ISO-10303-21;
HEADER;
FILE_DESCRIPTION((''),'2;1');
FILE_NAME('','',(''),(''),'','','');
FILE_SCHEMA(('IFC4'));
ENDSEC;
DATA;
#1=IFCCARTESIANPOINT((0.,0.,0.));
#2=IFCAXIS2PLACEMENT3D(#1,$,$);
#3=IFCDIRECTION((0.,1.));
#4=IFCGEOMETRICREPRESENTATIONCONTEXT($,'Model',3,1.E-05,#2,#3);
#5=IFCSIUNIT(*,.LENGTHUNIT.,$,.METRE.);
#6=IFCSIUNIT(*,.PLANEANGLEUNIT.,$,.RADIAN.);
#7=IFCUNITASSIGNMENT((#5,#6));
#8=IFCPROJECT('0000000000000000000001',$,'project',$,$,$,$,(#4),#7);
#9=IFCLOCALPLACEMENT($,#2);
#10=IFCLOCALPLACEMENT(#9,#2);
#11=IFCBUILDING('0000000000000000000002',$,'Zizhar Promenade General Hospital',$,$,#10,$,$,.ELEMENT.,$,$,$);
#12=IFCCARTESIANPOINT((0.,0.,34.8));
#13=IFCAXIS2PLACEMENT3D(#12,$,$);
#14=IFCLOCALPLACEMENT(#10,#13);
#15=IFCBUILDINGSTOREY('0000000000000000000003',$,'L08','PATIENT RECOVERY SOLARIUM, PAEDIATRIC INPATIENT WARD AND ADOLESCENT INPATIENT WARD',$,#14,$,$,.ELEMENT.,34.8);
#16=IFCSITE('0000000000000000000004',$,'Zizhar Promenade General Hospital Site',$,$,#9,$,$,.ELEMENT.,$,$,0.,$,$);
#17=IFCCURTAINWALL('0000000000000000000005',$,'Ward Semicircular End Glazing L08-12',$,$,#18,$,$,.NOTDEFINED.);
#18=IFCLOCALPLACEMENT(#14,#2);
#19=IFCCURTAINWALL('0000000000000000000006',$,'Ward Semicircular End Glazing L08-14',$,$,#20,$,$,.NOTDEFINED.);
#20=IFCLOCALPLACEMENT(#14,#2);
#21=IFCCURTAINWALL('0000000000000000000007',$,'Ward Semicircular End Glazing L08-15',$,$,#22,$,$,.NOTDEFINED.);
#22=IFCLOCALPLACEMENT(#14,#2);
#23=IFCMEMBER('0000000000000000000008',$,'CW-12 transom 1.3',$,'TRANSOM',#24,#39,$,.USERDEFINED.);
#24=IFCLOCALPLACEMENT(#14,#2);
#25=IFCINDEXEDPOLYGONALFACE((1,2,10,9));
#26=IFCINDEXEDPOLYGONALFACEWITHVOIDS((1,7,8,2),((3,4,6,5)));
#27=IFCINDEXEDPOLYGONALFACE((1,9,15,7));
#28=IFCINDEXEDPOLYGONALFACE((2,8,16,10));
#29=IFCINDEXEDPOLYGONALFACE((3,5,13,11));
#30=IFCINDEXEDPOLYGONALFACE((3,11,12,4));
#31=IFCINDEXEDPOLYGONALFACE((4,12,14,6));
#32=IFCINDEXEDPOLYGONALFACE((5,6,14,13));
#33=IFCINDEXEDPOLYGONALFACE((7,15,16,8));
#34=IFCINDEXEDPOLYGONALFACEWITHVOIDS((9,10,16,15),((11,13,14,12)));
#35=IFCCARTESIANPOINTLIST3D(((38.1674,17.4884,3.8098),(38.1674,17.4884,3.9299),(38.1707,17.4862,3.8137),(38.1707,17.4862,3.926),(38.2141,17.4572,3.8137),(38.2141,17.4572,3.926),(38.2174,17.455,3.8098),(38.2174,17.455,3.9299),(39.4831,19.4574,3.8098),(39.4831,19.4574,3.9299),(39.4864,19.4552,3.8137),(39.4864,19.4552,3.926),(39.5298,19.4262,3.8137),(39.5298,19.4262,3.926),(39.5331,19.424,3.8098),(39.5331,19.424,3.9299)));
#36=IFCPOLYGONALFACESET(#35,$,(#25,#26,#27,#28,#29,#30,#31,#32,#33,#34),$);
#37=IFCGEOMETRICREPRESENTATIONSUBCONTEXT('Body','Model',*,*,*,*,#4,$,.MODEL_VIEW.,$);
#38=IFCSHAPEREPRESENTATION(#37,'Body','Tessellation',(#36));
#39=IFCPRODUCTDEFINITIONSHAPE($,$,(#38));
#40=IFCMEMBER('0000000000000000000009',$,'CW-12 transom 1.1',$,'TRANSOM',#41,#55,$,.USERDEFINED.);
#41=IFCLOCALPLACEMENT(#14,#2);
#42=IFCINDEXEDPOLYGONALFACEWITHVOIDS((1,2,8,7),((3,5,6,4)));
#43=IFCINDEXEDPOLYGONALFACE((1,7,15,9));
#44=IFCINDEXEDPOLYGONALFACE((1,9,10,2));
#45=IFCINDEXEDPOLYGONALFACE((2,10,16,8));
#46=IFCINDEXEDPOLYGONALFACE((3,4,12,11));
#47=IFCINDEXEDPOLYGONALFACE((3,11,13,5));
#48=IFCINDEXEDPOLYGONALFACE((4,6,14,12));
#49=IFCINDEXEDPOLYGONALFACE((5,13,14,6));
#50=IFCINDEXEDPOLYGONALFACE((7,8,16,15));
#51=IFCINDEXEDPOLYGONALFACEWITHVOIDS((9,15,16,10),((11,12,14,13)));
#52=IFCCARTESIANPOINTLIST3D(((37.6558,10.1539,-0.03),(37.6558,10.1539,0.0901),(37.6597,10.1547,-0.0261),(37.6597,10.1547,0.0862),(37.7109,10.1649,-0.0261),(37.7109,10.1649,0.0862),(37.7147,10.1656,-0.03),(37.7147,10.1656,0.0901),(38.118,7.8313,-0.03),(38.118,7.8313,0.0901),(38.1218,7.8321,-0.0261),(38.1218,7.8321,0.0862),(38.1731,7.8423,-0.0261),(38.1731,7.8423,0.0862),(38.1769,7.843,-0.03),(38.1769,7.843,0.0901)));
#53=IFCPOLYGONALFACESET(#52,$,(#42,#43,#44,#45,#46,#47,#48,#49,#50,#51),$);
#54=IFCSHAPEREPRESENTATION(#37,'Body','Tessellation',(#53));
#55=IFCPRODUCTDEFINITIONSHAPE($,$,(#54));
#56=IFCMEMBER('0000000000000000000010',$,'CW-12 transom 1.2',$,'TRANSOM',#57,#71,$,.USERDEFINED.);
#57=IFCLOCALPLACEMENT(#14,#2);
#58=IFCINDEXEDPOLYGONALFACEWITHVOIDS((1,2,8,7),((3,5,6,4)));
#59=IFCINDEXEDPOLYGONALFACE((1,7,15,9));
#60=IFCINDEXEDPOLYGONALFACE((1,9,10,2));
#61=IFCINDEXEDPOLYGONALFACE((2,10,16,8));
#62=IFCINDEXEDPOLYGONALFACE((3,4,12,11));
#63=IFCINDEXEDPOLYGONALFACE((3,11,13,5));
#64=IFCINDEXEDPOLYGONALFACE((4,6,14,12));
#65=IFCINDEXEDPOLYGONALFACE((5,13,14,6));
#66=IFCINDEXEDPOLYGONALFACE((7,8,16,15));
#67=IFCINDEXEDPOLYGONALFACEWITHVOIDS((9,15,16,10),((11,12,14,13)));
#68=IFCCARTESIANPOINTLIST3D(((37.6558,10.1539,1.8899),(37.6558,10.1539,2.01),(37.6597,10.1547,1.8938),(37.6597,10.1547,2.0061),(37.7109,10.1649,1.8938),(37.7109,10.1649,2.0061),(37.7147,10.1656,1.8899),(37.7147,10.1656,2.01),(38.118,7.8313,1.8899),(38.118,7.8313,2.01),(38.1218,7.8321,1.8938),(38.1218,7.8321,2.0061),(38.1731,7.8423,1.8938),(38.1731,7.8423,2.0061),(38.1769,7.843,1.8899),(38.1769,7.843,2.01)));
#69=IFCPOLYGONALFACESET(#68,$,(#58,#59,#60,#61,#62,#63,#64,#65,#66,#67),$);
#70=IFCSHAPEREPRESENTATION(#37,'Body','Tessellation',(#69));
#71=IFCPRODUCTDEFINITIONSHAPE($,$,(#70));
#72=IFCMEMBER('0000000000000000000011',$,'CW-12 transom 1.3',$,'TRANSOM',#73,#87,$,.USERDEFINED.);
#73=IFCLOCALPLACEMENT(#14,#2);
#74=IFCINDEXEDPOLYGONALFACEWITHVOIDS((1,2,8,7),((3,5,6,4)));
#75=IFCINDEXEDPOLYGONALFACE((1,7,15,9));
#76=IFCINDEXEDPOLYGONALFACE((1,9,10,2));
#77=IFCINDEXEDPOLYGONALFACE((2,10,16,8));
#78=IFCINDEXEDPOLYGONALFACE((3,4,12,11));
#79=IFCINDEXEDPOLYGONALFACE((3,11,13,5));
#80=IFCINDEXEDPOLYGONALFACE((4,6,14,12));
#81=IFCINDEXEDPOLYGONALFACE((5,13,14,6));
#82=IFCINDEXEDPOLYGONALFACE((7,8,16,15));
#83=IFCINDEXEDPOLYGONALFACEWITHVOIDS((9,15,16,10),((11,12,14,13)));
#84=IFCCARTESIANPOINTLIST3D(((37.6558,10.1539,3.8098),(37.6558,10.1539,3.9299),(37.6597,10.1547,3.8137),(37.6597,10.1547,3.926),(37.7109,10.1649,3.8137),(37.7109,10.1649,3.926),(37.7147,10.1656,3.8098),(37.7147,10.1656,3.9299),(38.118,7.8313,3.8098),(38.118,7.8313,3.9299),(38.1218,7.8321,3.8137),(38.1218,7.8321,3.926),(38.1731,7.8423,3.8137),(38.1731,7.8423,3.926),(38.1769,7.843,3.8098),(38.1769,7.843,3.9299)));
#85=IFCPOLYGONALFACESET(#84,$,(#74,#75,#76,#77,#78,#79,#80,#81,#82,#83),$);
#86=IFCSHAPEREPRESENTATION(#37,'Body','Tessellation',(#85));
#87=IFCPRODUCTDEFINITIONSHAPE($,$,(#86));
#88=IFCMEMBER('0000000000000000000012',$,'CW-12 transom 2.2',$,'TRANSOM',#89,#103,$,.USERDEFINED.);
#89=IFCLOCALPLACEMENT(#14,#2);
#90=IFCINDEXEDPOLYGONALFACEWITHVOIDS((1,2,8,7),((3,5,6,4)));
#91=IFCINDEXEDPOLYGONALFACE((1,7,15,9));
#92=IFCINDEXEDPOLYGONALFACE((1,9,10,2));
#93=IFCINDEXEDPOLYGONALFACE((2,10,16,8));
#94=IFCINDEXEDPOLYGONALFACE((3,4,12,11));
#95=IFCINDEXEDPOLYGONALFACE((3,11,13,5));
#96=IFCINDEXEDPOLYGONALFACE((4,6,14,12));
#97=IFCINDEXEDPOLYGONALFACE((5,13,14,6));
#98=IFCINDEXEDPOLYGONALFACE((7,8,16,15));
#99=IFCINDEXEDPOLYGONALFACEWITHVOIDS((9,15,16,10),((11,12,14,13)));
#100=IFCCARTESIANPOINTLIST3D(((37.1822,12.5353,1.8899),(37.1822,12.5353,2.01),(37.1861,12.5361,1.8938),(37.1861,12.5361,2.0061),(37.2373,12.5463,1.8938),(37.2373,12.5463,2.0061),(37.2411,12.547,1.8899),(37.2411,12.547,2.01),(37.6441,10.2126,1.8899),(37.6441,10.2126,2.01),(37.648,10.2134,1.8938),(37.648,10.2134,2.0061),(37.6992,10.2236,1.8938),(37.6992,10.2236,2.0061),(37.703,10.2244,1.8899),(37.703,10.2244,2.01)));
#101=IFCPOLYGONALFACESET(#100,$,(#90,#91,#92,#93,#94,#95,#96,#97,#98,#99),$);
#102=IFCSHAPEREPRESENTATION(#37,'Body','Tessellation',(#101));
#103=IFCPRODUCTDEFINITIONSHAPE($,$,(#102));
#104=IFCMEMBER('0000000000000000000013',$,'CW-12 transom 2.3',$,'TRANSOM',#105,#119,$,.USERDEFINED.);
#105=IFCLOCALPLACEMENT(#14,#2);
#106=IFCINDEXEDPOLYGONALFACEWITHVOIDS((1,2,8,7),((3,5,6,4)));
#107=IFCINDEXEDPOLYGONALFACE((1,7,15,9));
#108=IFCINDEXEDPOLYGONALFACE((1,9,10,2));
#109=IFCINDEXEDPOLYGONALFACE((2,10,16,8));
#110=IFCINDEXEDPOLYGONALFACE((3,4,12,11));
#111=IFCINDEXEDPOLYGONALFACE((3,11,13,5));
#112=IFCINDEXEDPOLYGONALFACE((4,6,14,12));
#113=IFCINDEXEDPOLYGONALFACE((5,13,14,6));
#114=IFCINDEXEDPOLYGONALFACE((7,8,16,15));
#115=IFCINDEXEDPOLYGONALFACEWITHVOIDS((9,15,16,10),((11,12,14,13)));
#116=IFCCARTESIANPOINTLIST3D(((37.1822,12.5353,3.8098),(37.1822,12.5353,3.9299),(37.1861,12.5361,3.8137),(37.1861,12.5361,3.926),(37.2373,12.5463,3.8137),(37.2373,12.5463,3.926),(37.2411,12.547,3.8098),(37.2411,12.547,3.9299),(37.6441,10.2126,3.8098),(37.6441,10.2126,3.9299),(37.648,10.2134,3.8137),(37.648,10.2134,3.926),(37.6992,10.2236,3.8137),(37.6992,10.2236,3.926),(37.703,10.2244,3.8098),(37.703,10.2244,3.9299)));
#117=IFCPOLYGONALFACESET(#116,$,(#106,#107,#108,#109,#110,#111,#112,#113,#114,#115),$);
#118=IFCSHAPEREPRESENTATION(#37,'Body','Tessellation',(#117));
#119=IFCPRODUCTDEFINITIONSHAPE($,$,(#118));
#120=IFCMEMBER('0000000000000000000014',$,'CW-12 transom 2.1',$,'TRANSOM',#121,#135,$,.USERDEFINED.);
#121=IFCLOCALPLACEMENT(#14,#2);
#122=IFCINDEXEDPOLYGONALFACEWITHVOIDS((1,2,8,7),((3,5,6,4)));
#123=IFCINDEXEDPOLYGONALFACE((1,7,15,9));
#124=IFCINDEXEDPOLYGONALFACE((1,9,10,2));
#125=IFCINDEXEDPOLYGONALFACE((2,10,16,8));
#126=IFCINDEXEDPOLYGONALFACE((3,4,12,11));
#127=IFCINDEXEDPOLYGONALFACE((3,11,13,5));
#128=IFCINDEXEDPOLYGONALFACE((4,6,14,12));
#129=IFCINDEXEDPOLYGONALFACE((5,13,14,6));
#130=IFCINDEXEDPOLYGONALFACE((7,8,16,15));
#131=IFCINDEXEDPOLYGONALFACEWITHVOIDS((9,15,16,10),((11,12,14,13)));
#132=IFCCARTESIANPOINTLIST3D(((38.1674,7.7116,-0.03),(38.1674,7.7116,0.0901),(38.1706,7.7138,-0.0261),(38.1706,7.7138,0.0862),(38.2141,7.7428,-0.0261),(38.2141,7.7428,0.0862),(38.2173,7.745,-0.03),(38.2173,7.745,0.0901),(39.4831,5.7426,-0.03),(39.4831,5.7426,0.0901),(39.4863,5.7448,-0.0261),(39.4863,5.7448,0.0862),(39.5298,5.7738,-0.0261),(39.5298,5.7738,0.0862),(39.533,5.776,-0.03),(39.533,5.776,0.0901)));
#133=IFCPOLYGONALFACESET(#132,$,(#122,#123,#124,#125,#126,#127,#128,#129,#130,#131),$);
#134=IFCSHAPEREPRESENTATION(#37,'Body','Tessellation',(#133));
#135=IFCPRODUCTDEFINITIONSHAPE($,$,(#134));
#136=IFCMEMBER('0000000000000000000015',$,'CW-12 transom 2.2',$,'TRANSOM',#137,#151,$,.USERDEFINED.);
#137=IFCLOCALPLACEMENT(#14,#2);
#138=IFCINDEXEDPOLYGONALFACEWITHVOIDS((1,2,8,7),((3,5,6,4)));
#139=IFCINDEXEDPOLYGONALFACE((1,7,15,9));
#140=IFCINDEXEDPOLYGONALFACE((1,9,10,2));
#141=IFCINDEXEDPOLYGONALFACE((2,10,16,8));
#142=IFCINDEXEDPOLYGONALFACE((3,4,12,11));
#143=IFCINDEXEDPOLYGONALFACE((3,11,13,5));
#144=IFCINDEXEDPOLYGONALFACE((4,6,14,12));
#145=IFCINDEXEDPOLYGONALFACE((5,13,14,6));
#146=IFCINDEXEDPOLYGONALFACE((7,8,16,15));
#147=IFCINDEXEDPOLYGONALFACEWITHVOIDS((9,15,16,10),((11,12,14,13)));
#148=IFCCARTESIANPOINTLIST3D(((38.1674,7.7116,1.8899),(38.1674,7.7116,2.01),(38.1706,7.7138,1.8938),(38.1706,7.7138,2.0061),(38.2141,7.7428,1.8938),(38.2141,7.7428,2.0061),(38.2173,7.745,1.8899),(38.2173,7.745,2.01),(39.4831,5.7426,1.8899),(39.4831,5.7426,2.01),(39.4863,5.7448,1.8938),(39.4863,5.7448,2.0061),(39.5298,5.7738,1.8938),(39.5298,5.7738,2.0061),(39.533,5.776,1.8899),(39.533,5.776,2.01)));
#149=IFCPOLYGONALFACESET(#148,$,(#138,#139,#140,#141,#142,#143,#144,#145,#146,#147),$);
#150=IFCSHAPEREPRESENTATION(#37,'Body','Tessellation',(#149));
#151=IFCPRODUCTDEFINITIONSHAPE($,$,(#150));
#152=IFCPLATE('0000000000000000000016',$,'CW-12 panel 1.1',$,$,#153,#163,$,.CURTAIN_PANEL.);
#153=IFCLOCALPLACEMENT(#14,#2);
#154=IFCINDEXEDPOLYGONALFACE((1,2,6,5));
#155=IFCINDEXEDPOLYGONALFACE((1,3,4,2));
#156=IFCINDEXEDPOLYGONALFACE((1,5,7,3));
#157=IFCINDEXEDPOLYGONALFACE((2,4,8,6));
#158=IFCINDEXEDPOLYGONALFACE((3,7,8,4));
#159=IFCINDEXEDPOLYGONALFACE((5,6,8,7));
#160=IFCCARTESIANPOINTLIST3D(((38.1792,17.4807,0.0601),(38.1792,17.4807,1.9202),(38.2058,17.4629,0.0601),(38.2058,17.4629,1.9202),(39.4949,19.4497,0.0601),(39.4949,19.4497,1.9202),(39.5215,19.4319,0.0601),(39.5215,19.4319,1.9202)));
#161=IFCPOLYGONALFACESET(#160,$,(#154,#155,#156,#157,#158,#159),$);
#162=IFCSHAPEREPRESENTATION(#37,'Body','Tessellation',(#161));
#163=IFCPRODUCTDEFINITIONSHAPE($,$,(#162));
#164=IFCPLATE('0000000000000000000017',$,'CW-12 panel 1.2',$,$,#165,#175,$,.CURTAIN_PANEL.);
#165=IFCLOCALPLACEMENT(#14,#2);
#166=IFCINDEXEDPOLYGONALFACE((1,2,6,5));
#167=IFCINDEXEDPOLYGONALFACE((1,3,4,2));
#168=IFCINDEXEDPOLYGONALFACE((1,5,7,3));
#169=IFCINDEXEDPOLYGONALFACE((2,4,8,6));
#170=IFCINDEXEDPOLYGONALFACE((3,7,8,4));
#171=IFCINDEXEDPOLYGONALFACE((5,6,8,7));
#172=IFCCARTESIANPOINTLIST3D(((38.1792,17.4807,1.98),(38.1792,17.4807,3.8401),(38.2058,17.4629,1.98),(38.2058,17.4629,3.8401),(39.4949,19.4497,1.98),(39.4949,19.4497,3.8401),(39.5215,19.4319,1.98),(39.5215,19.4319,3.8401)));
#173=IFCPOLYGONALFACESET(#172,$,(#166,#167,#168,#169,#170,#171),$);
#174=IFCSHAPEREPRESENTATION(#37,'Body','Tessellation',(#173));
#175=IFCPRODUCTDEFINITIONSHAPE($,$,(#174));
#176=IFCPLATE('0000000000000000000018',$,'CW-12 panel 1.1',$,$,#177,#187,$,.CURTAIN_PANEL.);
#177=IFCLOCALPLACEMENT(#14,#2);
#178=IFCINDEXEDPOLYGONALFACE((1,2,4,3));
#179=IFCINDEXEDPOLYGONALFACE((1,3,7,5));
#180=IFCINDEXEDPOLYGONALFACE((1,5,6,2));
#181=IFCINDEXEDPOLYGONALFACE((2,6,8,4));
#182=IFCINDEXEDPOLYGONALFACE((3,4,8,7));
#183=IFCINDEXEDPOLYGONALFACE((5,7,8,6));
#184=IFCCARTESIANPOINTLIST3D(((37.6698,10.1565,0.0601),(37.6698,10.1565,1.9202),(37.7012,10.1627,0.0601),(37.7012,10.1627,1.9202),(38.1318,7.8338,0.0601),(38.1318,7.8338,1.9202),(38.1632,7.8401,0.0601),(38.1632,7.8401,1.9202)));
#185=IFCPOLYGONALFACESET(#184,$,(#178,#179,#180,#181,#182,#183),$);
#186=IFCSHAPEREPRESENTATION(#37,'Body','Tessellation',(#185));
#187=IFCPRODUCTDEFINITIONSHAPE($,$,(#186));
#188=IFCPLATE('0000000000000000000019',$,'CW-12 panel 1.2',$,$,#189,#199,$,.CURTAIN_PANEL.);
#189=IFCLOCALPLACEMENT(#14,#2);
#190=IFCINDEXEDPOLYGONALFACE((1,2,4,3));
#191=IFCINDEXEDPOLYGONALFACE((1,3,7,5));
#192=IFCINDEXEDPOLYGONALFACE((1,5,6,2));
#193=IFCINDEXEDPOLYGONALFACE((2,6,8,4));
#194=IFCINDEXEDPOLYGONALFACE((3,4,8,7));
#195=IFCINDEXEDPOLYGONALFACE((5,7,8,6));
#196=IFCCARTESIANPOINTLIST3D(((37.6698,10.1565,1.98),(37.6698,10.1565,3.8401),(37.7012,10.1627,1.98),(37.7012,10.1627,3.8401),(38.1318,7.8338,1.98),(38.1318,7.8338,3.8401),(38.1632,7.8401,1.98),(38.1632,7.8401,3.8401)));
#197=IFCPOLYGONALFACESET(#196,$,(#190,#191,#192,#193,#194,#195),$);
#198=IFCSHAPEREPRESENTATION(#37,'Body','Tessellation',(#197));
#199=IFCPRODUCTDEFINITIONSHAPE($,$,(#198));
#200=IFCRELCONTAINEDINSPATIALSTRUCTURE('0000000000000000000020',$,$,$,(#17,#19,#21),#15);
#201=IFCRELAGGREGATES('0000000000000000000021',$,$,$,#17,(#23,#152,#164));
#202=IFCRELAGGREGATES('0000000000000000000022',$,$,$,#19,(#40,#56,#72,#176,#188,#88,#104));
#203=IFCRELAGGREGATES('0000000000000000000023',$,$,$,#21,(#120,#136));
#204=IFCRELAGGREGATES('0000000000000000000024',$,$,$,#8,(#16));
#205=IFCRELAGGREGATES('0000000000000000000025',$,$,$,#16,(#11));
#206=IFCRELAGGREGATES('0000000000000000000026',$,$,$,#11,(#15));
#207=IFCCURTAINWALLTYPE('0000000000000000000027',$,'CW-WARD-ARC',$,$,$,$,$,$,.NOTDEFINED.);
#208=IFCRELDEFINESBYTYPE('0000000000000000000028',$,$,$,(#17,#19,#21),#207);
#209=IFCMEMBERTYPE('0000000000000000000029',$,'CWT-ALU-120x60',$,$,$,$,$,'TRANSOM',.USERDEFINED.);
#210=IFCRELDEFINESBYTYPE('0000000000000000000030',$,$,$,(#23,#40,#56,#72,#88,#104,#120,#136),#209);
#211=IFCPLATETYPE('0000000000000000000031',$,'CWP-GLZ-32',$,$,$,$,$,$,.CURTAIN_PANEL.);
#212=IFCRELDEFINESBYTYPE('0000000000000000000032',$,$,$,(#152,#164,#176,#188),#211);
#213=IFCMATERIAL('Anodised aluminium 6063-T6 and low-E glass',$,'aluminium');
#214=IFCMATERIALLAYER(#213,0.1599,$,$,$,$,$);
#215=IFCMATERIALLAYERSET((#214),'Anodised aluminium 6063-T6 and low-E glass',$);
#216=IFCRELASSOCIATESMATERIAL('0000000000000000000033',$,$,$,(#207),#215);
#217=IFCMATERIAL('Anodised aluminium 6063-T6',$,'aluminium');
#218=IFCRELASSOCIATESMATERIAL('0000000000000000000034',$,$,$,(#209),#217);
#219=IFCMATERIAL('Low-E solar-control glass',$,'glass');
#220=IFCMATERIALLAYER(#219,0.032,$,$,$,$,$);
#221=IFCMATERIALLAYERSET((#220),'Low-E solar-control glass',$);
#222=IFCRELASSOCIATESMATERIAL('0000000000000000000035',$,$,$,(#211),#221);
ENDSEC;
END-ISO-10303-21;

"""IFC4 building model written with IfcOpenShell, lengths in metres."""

from ifc_helpers import new_model, si_unit, direction, frame, origin, origin_2d, place, context, subcontext, project, spatial, rectangle, hollow_rectangle, extrude, material, layer, layer_set, material_profile, profile_set, type_object, element, aggregate, save


model = new_model("IFC4")

# Units and contexts
model_context = context("Model", 3, precision=1e-05, world=origin(), true_north=direction((0.0, 1.0)))
body_context = subcontext(model_context, "Body", "Model", "MODEL_VIEW")
ifc_project = project(units=[si_unit("LENGTHUNIT", "METRE"), si_unit("PLANEANGLEUNIT", "RADIAN")], contexts=[model_context])

# Site, building, storey
site_placement = place(None, origin())
site = spatial("IfcSite", under=ifc_project, at=site_placement, Name="Zizhar Promenade General Hospital Site", CompositionType="ELEMENT", RefElevation=0.0)
building_placement = place(site_placement, origin())
building = spatial("IfcBuilding", under=site, at=building_placement, Name="Zizhar Promenade General Hospital", CompositionType="ELEMENT")
storey_placement = place(building_placement, frame((0.0, 0.0, 34.8)))
storey = spatial("IfcBuildingStorey", under=building, at=storey_placement, Name="L08", Description="PATIENT RECOVERY SOLARIUM, PAEDIATRIC INPATIENT WARD AND ADOLESCENT INPATIENT WARD", CompositionType="ELEMENT", Elevation=34.8)

# Curtain wall
ifc_material_1 = material(Name="Anodised aluminium 6063-T6 and low-E glass", Category="aluminium")
ifc_layer_1 = layer(ifc_material_1, 0.1599)
ifc_layer_set_1 = layer_set([ifc_layer_1], Name="Anodised aluminium 6063-T6 and low-E glass")
curtain_wall_type = type_object("IfcCurtainWallType", Name="CW-WARD-ARC", PredefinedType="NOTDEFINED", material=ifc_layer_set_1)
curtain_wall_1_placement = place(storey_placement, origin())
curtain_wall_1 = element("IfcCurtainWall", 1, at=curtain_wall_1_placement, inside=storey, type_object=curtain_wall_type, Name="Ward Semicircular End Glazing L08-12", PredefinedType="NOTDEFINED")

# Curtain wall
curtain_wall_2_placement = place(storey_placement, origin())
curtain_wall_2 = element("IfcCurtainWall", 2, at=curtain_wall_2_placement, inside=storey, type_object=curtain_wall_type, Name="Ward Semicircular End Glazing L08-14", PredefinedType="NOTDEFINED")

# Curtain wall
curtain_wall_3_placement = place(storey_placement, origin())
curtain_wall_3 = element("IfcCurtainWall", 3, at=curtain_wall_3_placement, inside=storey, type_object=curtain_wall_type, Name="Ward Semicircular End Glazing L08-15", PredefinedType="NOTDEFINED")

# Members
ifc_material_2 = material(Name="Anodised aluminium 6063-T6", Category="aluminium")
ifc_material_profile_1 = material_profile(ifc_material_2, hollow_rectangle(XDim=0.0601, YDim=0.1201, WallThickness=0.0039, at=origin_2d()))
ifc_profile_set_1 = profile_set([ifc_material_profile_1], Name="Anodised aluminium 6063-T6")
member_type_1 = type_object("IfcMemberType", Name="CWT-ALU-120x60", ElementType="TRANSOM", PredefinedType="USERDEFINED", material=ifc_profile_set_1)
member_1_placement = place(storey_placement, frame((38.1924, 17.4717, 3.8699), z_axis=(0.55558, 0.831463, 0.0), x_axis=(-0.831463, 0.55558, 0.0)))
member_1 = element("IfcMember", 4, at=member_1_placement, type_object=member_type_1, Name="CW-12 transom 1.3", ObjectType="TRANSOM", PredefinedType="USERDEFINED", context=body_context, shape_type="SweptSolid", body=[
    extrude(hollow_rectangle(XDim=0.0601, YDim=0.1201, WallThickness=0.0039, at=origin_2d()), origin(), (0.0, 0.0, 1.0), 2.3682),
])
member_2_placement = place(storey_placement, frame((38.1475, 7.8372, 0.03), z_axis=(-0.195164, 0.980771, 0.0), x_axis=(-0.980771, -0.195164, 0.0)))
member_2 = element("IfcMember", 5, at=member_2_placement, type_object=member_type_1, Name="CW-12 transom 1.1", ObjectType="TRANSOM", PredefinedType="USERDEFINED", context=body_context, shape_type="SweptSolid", body=[
    extrude(hollow_rectangle(XDim=0.0601, YDim=0.1201, WallThickness=0.0039, at=origin_2d()), origin(), (0.0, 0.0, 1.0), 2.3682),
])
member_3_placement = place(storey_placement, frame((38.1475, 7.8372, 1.95), z_axis=(-0.195164, 0.980771, 0.0), x_axis=(-0.980771, -0.195164, 0.0)))
member_3 = element("IfcMember", 6, at=member_3_placement, type_object=member_type_1, Name="CW-12 transom 1.2", ObjectType="TRANSOM", PredefinedType="USERDEFINED", context=body_context, shape_type="SweptSolid", body=[
    extrude(hollow_rectangle(XDim=0.0601, YDim=0.1201, WallThickness=0.0039, at=origin_2d()), origin(), (0.0, 0.0, 1.0), 2.3682),
])
member_4_placement = place(storey_placement, frame((38.1475, 7.8372, 3.8699), z_axis=(-0.195164, 0.980771, 0.0), x_axis=(-0.980771, -0.195164, 0.0)))
member_4 = element("IfcMember", 7, at=member_4_placement, type_object=member_type_1, Name="CW-12 transom 1.3", ObjectType="TRANSOM", PredefinedType="USERDEFINED", context=body_context, shape_type="SweptSolid", body=[
    extrude(hollow_rectangle(XDim=0.0601, YDim=0.1201, WallThickness=0.0039, at=origin_2d()), origin(), (0.0, 0.0, 1.0), 2.3682),
])
member_5_placement = place(storey_placement, frame((37.6736, 10.2185, 1.95), z_axis=(-0.195045, 0.980794, 0.0), x_axis=(-0.980794, -0.195045, 0.0)))
member_5 = element("IfcMember", 8, at=member_5_placement, type_object=member_type_1, Name="CW-12 transom 2.2", ObjectType="TRANSOM", PredefinedType="USERDEFINED", context=body_context, shape_type="SweptSolid", body=[
    extrude(hollow_rectangle(XDim=0.0601, YDim=0.1201, WallThickness=0.0039, at=origin_2d()), origin(), (0.0, 0.0, 1.0), 2.3682),
])
member_6_placement = place(storey_placement, frame((37.6736, 10.2185, 3.8699), z_axis=(-0.195045, 0.980794, 0.0), x_axis=(-0.980794, -0.195045, 0.0)))
member_6 = element("IfcMember", 9, at=member_6_placement, type_object=member_type_1, Name="CW-12 transom 2.3", ObjectType="TRANSOM", PredefinedType="USERDEFINED", context=body_context, shape_type="SweptSolid", body=[
    extrude(hollow_rectangle(XDim=0.0601, YDim=0.1201, WallThickness=0.0039, at=origin_2d()), origin(), (0.0, 0.0, 1.0), 2.3682),
])
member_7_placement = place(storey_placement, frame((39.5081, 5.7593, 0.03), z_axis=(-0.55558, 0.831463, 0.0), x_axis=(-0.831463, -0.55558, 0.0)))
member_7 = element("IfcMember", 10, at=member_7_placement, type_object=member_type_1, Name="CW-12 transom 2.1", ObjectType="TRANSOM", PredefinedType="USERDEFINED", context=body_context, shape_type="SweptSolid", body=[
    extrude(hollow_rectangle(XDim=0.0601, YDim=0.1201, WallThickness=0.0039, at=origin_2d()), origin(), (0.0, 0.0, 1.0), 2.3682),
])
member_8_placement = place(storey_placement, frame((39.5081, 5.7593, 1.95), z_axis=(-0.55558, 0.831463, 0.0), x_axis=(-0.831463, -0.55558, 0.0)))
member_8 = element("IfcMember", 11, at=member_8_placement, type_object=member_type_1, Name="CW-12 transom 2.2", ObjectType="TRANSOM", PredefinedType="USERDEFINED", context=body_context, shape_type="SweptSolid", body=[
    extrude(hollow_rectangle(XDim=0.0601, YDim=0.1201, WallThickness=0.0039, at=origin_2d()), origin(), (0.0, 0.0, 1.0), 2.3682),
])

# Plates
ifc_material_3 = material(Name="Low-E solar-control glass", Category="glass")
ifc_layer_2 = layer(ifc_material_3, 0.032)
ifc_layer_set_2 = layer_set([ifc_layer_2], Name="Low-E solar-control glass")
plate_type = type_object("IfcPlateType", Name="CWP-GLZ-32", PredefinedType="CURTAIN_PANEL", material=ifc_layer_set_2)
plate_1_placement = place(storey_placement, frame((38.8503, 18.4563, 0.0601), z_axis=(0.0, 0.0, 1.0), x_axis=(0.555582, 0.831462, 0.0)))
plate_1 = element("IfcPlate", 12, at=plate_1_placement, type_object=plate_type, Name="CW-12 panel 1.1", PredefinedType="CURTAIN_PANEL", context=body_context, shape_type="SweptSolid", body=[
    extrude(rectangle(XDim=2.3682, YDim=0.032, at=origin_2d()), origin(), (0.0, 0.0, 1.0), 1.8601),
])
plate_2_placement = place(storey_placement, frame((38.8503, 18.4563, 1.98), z_axis=(0.0, 0.0, 1.0), x_axis=(0.555582, 0.831462, 0.0)))
plate_2 = element("IfcPlate", 13, at=plate_2_placement, type_object=plate_type, Name="CW-12 panel 1.2", PredefinedType="CURTAIN_PANEL", context=body_context, shape_type="SweptSolid", body=[
    extrude(rectangle(XDim=2.3682, YDim=0.032, at=origin_2d()), origin(), (0.0, 0.0, 1.0), 1.8601),
])
aggregate(curtain_wall_1, [member_1, plate_1, plate_2])
plate_3_placement = place(storey_placement, frame((37.9165, 8.9983, 0.0601), z_axis=(0.0, 0.0, 1.0), x_axis=(-0.195087, 0.980786, 0.0)))
plate_3 = element("IfcPlate", 14, at=plate_3_placement, type_object=plate_type, Name="CW-12 panel 1.1", PredefinedType="CURTAIN_PANEL", context=body_context, shape_type="SweptSolid", body=[
    extrude(rectangle(XDim=2.3682, YDim=0.032, at=origin_2d()), origin(), (0.0, 0.0, 1.0), 1.8601),
])
plate_4_placement = place(storey_placement, frame((37.9165, 8.9983, 1.98), z_axis=(0.0, 0.0, 1.0), x_axis=(-0.195087, 0.980786, 0.0)))
plate_4 = element("IfcPlate", 15, at=plate_4_placement, type_object=plate_type, Name="CW-12 panel 1.2", PredefinedType="CURTAIN_PANEL", context=body_context, shape_type="SweptSolid", body=[
    extrude(rectangle(XDim=2.3682, YDim=0.032, at=origin_2d()), origin(), (0.0, 0.0, 1.0), 1.8601),
])
aggregate(curtain_wall_2, [member_2, member_3, member_4, plate_3, plate_4, member_5, member_6])
aggregate(curtain_wall_3, [member_7, member_8])

save(model, "model.ifc")
